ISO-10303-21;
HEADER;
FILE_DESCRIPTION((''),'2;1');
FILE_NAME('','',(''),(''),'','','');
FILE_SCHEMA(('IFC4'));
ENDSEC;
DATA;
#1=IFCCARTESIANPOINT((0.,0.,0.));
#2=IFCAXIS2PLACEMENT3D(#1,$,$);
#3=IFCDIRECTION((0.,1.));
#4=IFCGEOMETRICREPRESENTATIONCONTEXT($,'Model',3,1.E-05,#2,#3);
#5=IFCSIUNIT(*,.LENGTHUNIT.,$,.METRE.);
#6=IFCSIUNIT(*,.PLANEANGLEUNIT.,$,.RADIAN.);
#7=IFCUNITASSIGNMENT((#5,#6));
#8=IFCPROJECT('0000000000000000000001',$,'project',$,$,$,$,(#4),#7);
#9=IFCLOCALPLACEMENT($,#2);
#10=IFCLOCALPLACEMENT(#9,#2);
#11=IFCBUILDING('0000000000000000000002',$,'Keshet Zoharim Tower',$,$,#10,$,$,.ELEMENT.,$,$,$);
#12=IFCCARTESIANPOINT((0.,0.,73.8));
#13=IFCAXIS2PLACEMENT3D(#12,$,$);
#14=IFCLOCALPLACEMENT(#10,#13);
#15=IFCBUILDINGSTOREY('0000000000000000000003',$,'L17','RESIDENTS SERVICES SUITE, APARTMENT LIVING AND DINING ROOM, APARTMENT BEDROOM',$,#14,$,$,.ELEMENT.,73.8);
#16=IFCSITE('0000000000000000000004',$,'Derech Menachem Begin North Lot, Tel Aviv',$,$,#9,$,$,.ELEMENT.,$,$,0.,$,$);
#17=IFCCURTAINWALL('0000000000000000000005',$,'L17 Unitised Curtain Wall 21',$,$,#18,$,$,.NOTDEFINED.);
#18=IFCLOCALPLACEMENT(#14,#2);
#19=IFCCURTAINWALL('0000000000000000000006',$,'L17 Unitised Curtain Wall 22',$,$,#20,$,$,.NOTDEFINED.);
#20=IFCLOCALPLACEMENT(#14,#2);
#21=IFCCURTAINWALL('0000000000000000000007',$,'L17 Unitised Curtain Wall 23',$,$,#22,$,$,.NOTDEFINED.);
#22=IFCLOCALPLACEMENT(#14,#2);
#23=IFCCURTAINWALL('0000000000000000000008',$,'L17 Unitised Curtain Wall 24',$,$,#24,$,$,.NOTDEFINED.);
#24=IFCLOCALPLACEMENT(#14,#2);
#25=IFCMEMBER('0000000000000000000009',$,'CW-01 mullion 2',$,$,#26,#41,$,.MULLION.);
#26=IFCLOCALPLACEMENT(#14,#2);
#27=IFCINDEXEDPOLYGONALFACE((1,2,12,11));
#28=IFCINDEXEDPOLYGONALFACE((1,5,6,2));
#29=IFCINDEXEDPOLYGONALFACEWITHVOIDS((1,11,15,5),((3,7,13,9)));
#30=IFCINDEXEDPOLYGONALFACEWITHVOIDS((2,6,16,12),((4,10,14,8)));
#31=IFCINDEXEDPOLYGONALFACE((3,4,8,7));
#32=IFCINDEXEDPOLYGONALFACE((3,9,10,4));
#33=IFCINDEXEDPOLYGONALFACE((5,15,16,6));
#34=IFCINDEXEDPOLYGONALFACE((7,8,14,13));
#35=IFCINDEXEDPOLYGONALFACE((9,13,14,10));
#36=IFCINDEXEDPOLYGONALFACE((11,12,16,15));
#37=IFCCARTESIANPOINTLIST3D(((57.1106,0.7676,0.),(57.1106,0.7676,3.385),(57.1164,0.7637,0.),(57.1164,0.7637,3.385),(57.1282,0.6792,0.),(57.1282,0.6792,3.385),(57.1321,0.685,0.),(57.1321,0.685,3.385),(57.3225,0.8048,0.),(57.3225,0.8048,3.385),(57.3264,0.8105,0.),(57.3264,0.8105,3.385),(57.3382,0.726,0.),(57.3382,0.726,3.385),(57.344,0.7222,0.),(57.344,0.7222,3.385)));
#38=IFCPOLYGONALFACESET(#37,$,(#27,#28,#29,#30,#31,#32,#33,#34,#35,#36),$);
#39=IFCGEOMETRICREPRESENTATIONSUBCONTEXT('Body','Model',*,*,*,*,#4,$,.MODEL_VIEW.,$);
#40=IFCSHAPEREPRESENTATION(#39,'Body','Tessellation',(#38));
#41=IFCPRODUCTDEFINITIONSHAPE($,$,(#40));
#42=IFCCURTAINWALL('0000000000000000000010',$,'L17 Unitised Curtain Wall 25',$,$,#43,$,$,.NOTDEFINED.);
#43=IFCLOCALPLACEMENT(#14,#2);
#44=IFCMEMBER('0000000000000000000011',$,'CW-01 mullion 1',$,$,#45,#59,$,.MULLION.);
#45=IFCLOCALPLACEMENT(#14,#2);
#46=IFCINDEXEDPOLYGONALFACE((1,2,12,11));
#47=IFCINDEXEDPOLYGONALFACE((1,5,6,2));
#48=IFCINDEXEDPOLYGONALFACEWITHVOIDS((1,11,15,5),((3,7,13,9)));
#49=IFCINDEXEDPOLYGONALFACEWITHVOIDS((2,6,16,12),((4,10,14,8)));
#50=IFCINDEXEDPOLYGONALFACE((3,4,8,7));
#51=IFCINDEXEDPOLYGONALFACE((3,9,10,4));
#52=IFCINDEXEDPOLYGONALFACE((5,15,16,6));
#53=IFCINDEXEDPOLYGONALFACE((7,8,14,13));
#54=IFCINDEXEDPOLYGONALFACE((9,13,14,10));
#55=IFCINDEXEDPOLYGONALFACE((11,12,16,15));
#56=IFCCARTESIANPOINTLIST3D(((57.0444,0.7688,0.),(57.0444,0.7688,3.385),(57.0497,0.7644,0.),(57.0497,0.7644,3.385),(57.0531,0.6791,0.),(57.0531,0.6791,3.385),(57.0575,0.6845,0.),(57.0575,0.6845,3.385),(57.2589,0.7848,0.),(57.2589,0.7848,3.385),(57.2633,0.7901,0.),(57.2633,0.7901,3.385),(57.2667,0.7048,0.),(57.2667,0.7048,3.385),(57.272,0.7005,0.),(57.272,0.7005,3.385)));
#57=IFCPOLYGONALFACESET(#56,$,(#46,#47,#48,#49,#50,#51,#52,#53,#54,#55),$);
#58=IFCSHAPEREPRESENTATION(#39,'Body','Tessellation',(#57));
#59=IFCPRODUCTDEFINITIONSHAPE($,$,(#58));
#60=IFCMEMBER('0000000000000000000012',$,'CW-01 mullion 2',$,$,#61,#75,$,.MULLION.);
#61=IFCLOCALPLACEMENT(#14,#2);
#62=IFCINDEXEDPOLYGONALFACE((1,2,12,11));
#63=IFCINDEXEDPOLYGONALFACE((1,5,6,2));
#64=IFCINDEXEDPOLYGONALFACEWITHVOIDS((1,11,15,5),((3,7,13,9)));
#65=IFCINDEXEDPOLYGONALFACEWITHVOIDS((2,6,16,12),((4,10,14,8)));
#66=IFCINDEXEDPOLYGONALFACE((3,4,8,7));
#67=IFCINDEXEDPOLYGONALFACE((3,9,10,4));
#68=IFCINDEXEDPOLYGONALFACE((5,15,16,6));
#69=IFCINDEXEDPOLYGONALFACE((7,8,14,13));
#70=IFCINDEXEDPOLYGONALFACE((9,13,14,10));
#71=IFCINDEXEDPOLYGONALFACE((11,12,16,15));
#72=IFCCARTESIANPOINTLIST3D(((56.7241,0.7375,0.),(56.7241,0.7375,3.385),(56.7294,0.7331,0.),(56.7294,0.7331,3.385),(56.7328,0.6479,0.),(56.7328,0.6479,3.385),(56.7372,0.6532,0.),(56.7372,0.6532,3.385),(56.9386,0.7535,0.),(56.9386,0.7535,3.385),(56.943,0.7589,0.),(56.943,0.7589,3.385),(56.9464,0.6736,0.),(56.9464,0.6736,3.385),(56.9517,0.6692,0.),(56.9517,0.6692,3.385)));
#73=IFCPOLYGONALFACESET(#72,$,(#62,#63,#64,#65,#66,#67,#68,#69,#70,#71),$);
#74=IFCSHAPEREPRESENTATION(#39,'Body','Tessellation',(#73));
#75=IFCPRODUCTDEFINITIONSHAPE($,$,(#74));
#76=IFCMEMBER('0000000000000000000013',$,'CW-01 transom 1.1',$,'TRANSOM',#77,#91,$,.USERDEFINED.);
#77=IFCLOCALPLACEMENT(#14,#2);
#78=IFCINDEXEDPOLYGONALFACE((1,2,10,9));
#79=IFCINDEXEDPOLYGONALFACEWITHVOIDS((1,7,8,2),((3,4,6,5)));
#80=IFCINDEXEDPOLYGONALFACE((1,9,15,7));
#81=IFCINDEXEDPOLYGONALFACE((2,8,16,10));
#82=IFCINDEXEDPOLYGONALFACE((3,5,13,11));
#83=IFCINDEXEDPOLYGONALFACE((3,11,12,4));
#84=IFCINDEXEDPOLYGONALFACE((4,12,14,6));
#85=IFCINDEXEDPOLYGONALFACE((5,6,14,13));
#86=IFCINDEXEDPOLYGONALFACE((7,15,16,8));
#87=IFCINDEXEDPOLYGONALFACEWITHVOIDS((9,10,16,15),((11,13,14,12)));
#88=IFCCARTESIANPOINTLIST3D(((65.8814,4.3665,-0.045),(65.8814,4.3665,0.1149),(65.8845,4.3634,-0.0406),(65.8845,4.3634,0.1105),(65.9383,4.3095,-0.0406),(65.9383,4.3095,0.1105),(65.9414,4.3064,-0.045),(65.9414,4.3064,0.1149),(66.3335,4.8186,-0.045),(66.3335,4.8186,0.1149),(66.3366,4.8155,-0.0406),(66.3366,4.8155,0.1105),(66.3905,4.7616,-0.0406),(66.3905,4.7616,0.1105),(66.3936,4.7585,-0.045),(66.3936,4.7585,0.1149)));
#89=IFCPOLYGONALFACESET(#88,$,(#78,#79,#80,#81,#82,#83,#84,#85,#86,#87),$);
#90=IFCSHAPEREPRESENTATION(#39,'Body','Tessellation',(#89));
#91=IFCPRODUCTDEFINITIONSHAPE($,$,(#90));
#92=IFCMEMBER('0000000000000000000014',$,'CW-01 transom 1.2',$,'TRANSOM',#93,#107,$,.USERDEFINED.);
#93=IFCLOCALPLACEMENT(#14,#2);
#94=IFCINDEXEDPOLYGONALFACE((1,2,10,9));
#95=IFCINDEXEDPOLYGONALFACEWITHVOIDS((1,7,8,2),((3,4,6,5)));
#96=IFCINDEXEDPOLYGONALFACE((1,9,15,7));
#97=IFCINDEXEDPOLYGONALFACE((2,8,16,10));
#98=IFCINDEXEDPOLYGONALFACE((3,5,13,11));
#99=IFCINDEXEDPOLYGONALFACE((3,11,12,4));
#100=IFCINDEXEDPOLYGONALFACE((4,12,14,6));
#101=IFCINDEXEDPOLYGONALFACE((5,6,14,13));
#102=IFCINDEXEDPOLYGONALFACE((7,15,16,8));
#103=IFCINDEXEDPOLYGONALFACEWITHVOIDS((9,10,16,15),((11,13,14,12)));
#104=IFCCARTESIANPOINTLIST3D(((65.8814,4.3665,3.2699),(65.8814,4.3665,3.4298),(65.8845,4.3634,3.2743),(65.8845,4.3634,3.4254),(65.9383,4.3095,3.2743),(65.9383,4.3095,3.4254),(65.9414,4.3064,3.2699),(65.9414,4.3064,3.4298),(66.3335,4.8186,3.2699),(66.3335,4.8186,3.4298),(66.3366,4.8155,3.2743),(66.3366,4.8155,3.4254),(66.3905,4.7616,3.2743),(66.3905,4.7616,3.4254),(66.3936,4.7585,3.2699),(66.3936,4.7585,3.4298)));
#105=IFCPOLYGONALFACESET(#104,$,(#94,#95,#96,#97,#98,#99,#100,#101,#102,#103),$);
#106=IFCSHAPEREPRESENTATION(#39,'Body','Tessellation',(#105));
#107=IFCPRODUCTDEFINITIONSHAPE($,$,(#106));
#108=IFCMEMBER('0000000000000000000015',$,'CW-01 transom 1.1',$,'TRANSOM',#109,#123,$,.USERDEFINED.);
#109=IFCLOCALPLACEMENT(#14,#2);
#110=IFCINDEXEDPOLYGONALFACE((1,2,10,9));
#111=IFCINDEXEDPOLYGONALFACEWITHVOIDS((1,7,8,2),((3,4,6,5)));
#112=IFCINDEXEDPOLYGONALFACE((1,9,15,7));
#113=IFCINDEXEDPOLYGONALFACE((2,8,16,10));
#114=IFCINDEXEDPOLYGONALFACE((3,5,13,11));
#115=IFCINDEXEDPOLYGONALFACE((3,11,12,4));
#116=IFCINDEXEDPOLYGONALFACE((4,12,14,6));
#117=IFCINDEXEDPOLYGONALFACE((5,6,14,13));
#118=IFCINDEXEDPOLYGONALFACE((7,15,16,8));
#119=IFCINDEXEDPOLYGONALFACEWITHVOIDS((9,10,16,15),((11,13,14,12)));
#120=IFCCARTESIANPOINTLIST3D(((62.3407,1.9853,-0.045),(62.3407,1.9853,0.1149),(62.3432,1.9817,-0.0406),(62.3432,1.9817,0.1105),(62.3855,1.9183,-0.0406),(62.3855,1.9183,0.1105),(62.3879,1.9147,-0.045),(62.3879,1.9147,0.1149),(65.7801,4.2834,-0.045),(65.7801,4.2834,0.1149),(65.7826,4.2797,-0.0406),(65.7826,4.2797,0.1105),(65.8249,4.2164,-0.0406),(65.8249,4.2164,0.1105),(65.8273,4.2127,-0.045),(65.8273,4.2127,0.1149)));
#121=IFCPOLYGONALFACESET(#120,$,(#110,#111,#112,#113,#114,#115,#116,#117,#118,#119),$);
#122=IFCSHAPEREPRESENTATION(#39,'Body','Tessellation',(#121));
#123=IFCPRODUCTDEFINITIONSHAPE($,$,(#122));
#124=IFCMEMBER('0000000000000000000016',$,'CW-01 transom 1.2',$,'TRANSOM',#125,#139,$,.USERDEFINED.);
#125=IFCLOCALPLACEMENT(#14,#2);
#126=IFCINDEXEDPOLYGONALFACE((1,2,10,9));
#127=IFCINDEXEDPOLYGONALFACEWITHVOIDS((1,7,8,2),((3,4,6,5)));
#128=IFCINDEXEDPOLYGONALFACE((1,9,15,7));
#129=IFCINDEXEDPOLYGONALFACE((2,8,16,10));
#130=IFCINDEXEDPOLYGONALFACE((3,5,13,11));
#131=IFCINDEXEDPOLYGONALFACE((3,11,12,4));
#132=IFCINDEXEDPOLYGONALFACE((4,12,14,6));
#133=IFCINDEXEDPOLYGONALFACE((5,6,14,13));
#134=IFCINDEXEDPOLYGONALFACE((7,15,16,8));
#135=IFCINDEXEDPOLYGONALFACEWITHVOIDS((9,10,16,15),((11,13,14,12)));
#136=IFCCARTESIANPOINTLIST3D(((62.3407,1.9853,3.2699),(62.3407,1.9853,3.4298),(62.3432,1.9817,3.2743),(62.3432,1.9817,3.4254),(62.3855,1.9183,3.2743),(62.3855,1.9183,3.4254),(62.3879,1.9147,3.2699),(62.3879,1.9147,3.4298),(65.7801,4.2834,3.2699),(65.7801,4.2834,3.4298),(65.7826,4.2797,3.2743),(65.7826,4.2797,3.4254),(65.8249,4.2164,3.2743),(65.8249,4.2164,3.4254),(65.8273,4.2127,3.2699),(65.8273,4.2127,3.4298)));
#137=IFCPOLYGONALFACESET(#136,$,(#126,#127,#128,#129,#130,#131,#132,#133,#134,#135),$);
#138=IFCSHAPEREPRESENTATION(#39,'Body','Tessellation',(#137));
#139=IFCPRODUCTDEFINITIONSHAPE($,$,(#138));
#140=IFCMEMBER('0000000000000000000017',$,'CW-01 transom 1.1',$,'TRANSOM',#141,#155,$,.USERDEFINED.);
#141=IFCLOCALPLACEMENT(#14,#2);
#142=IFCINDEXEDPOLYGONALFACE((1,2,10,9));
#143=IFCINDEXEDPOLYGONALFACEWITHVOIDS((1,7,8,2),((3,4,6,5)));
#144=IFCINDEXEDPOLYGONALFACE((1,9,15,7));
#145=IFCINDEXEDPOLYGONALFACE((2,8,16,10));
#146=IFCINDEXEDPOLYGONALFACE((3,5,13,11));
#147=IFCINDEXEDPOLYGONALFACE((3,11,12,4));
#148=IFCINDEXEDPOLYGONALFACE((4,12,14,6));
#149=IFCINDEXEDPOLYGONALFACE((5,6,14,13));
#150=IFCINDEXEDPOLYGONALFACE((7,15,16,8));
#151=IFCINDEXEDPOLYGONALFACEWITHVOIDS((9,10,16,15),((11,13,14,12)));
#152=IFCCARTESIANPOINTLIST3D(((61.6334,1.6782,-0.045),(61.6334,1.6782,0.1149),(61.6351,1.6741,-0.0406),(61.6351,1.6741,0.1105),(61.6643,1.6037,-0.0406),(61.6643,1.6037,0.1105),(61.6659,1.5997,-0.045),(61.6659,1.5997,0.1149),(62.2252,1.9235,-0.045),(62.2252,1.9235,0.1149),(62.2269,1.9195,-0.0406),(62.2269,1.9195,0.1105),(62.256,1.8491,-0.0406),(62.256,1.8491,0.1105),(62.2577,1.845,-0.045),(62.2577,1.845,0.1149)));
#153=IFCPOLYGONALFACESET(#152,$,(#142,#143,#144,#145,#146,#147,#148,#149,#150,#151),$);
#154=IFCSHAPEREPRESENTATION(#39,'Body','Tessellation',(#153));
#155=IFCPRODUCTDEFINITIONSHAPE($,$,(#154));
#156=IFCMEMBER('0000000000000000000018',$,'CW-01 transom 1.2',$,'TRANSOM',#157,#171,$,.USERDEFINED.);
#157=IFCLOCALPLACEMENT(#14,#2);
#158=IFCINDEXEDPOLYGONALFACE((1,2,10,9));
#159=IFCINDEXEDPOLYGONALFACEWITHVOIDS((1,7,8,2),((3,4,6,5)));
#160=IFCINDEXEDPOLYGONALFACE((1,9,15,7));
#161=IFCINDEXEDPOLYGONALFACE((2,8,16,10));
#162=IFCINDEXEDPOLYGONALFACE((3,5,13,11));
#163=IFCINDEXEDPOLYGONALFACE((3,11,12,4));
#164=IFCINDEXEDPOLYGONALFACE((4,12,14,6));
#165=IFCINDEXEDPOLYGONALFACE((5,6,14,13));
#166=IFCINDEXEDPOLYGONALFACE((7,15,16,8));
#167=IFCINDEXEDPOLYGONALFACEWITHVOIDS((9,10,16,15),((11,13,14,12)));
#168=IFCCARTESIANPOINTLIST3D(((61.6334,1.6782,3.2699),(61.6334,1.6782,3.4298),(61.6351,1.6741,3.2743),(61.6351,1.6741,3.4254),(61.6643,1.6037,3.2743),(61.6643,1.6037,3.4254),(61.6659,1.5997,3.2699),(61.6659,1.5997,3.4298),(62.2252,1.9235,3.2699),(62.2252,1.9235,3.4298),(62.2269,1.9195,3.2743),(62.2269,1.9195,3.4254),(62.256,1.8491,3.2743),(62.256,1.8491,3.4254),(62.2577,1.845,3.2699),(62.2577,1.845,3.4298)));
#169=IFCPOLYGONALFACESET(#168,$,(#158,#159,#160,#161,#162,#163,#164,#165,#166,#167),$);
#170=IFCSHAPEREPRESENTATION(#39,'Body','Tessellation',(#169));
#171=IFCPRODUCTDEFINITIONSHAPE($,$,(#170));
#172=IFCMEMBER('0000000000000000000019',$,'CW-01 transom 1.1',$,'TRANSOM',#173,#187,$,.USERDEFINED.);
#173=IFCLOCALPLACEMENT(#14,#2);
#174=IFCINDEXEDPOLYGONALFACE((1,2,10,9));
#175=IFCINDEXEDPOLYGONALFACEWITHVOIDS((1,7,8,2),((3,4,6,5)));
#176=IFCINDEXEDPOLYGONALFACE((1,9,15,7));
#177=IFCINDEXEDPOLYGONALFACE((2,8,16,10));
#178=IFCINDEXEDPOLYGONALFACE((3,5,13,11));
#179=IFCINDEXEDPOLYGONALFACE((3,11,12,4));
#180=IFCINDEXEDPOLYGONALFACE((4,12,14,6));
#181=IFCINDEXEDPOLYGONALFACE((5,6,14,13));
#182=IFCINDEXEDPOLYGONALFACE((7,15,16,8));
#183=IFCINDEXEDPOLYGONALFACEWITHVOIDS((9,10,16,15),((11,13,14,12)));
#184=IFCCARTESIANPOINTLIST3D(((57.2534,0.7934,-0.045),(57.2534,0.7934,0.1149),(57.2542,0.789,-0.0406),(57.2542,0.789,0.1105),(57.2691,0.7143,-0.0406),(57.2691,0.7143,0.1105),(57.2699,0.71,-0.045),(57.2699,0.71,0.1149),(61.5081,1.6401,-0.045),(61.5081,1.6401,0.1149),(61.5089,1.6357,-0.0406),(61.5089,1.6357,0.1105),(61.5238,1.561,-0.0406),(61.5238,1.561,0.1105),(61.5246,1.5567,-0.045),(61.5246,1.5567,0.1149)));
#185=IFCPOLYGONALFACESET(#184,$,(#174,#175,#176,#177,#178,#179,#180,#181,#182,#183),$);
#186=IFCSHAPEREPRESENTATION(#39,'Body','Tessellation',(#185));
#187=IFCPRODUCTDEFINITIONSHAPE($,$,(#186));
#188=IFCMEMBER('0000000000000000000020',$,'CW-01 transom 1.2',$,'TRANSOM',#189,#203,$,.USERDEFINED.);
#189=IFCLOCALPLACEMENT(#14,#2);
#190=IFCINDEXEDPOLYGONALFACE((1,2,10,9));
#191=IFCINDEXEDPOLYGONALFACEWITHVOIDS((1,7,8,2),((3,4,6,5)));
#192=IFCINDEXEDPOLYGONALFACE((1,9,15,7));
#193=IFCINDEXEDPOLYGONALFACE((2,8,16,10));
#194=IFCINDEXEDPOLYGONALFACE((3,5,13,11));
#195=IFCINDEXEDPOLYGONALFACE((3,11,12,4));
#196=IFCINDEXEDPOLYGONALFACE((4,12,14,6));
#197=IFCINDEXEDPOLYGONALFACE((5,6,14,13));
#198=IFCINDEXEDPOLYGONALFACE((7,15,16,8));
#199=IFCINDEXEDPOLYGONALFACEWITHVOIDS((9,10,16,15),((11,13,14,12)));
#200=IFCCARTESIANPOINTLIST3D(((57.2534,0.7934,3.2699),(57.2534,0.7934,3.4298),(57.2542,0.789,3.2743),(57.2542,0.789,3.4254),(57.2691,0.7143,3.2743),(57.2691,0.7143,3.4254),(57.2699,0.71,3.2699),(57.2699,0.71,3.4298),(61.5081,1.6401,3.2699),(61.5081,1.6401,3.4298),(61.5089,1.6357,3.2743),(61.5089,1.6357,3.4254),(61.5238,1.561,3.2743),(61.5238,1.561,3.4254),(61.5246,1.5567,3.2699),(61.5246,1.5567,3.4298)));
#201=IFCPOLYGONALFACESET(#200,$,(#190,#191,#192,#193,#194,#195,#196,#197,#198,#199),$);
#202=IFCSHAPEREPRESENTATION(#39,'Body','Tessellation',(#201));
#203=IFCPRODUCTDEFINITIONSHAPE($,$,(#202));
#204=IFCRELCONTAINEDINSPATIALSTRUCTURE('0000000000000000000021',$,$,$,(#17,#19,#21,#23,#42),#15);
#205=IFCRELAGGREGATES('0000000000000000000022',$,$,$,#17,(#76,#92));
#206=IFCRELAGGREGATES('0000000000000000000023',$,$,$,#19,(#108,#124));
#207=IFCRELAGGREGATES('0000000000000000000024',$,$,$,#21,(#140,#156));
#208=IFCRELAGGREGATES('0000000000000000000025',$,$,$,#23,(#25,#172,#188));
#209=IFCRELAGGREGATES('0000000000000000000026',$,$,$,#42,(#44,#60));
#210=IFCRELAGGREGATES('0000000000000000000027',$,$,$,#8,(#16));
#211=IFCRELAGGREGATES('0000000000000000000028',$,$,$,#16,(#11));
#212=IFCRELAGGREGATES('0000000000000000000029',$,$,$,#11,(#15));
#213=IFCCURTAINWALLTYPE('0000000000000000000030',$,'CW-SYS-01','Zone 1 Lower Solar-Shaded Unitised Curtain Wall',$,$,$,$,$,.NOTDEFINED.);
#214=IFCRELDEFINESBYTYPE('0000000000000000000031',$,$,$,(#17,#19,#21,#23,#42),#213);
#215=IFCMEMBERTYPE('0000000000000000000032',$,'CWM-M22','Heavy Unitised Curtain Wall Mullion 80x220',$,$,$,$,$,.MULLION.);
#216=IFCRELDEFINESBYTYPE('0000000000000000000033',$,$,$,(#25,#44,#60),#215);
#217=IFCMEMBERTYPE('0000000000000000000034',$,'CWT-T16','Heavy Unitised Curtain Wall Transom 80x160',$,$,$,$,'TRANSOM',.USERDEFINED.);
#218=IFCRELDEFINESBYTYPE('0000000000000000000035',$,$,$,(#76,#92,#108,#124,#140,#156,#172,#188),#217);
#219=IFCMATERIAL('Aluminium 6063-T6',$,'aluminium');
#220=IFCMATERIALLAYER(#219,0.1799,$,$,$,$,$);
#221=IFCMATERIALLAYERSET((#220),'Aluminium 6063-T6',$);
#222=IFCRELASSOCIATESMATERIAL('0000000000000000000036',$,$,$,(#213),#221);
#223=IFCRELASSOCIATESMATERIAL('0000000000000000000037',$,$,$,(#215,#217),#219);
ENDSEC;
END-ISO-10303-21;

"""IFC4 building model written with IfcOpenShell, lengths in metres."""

from ifc_helpers import new_model, si_unit, direction, frame, origin, origin_2d, place, context, subcontext, project, spatial, hollow_rectangle, extrude, material, layer, layer_set, material_profile, profile_set, type_object, element, aggregate, save


model = new_model("IFC4")

# Units and contexts
model_context = context("Model", 3, precision=1e-05, world=origin(), true_north=direction((0.0, 1.0)))
body_context = subcontext(model_context, "Body", "Model", "MODEL_VIEW")
ifc_project = project(units=[si_unit("LENGTHUNIT", "METRE"), si_unit("PLANEANGLEUNIT", "RADIAN")], contexts=[model_context])

# Site, building, storey
site_placement = place(None, origin())
site = spatial("IfcSite", under=ifc_project, at=site_placement, Name="Derech Menachem Begin North Lot, Tel Aviv", CompositionType="ELEMENT", RefElevation=0.0)
building_placement = place(site_placement, origin())
building = spatial("IfcBuilding", under=site, at=building_placement, Name="Keshet Zoharim Tower", CompositionType="ELEMENT")
storey_placement = place(building_placement, frame((0.0, 0.0, 73.8)))
storey = spatial("IfcBuildingStorey", under=building, at=storey_placement, Name="L17", Description="RESIDENTS SERVICES SUITE, APARTMENT LIVING AND DINING ROOM, APARTMENT BEDROOM", CompositionType="ELEMENT", Elevation=73.8)

# Shared definitions
ifc_material_1 = material(Name="Aluminium 6063-T6", Category="aluminium")
ifc_layer_1 = layer(ifc_material_1, 0.1799)
ifc_layer_set_1 = layer_set([ifc_layer_1], Name="Aluminium 6063-T6")
curtain_wall_type = type_object("IfcCurtainWallType", Name="CW-SYS-01", Description="Zone 1 Lower Solar-Shaded Unitised Curtain Wall", PredefinedType="NOTDEFINED", material=ifc_layer_set_1)
ifc_material_profile_1 = material_profile(ifc_material_1, hollow_rectangle(XDim=0.0901, YDim=0.22, WallThickness=0.0049, at=origin_2d()), Name="MUL-90x220")
ifc_profile_set_1 = profile_set([ifc_material_profile_1], Name="Aluminium 6063-T6")
member_type_1 = type_object("IfcMemberType", Name="CWM-M22", Description="Heavy Unitised Curtain Wall Mullion 80x220", PredefinedType="MULLION", material=ifc_profile_set_1)

# Curtain walls, members
curtain_wall_1_placement = place(storey_placement, origin())
curtain_wall_1 = element("IfcCurtainWall", 1, at=curtain_wall_1_placement, inside=storey, type_object=curtain_wall_type, Name="L17 Unitised Curtain Wall 21", PredefinedType="NOTDEFINED")
curtain_wall_2_placement = place(storey_placement, origin())
curtain_wall_2 = element("IfcCurtainWall", 2, at=curtain_wall_2_placement, inside=storey, type_object=curtain_wall_type, Name="L17 Unitised Curtain Wall 22", PredefinedType="NOTDEFINED")
curtain_wall_3_placement = place(storey_placement, origin())
curtain_wall_3 = element("IfcCurtainWall", 3, at=curtain_wall_3_placement, inside=storey, type_object=curtain_wall_type, Name="L17 Unitised Curtain Wall 23", PredefinedType="NOTDEFINED")
curtain_wall_4_placement = place(storey_placement, origin())
curtain_wall_4 = element("IfcCurtainWall", 4, at=curtain_wall_4_placement, inside=storey, type_object=curtain_wall_type, Name="L17 Unitised Curtain Wall 24", PredefinedType="NOTDEFINED")
member_1_placement = place(storey_placement, frame((57.2273, 0.7449, 0.0), z_axis=(0.0, 0.0, 1.0), x_axis=(0.195171, -0.980769, 0.0)))
member_1 = element("IfcMember", 5, at=member_1_placement, type_object=member_type_1, Name="CW-01 mullion 2", PredefinedType="MULLION", context=body_context, shape_type="SweptSolid", body=[
    extrude(hollow_rectangle(XDim=0.0901, YDim=0.22, WallThickness=0.0049, at=origin_2d()), origin(), (0.0, 0.0, 1.0), 3.385),
])
curtain_wall_5_placement = place(storey_placement, origin())
curtain_wall_5 = element("IfcCurtainWall", 6, at=curtain_wall_5_placement, inside=storey, type_object=curtain_wall_type, Name="L17 Unitised Curtain Wall 25", PredefinedType="NOTDEFINED")
member_2_placement = place(storey_placement, frame((57.1582, 0.7346, 0.0), z_axis=(0.0, 0.0, 1.0), x_axis=(0.096977, -0.995287, 0.0)))
member_2 = element("IfcMember", 7, at=member_2_placement, type_object=member_type_1, Name="CW-01 mullion 1", PredefinedType="MULLION", context=body_context, shape_type="SweptSolid", body=[
    extrude(hollow_rectangle(XDim=0.0901, YDim=0.22, WallThickness=0.0049, at=origin_2d()), origin(), (0.0, 0.0, 1.0), 3.385),
])
member_3_placement = place(storey_placement, frame((56.8379, 0.7034, 0.0), z_axis=(0.0, 0.0, 1.0), x_axis=(0.096977, -0.995287, 0.0)))
member_3 = element("IfcMember", 8, at=member_3_placement, type_object=member_type_1, Name="CW-01 mullion 2", PredefinedType="MULLION", context=body_context, shape_type="SweptSolid", body=[
    extrude(hollow_rectangle(XDim=0.0901, YDim=0.22, WallThickness=0.0049, at=origin_2d()), origin(), (0.0, 0.0, 1.0), 3.385),
])

# Members
ifc_material_profile_2 = material_profile(ifc_material_1, hollow_rectangle(XDim=0.085, YDim=0.1599, WallThickness=0.0044, at=origin_2d()), Name="TRN-85x160")
ifc_profile_set_2 = profile_set([ifc_material_profile_2], Name="Aluminium 6063-T6")
member_type_2 = type_object("IfcMemberType", Name="CWT-T16", Description="Heavy Unitised Curtain Wall Transom 80x160", ElementType="TRANSOM", PredefinedType="USERDEFINED", material=ifc_profile_set_2)
member_4_placement = place(storey_placement, frame((66.3635, 4.7886, 0.0349), z_axis=(-0.707107, -0.707107, 0.0), x_axis=(0.707107, -0.707107, 0.0)))
member_4 = element("IfcMember", 9, at=member_4_placement, type_object=member_type_2, Name="CW-01 transom 1.1", ObjectType="TRANSOM", PredefinedType="USERDEFINED", context=body_context, shape_type="SweptSolid", body=[
    extrude(hollow_rectangle(XDim=0.085, YDim=0.1599, WallThickness=0.0044, at=origin_2d()), origin(), (0.0, 0.0, 1.0), 0.6394),
])
member_5_placement = place(storey_placement, frame((66.3635, 4.7886, 3.3499), z_axis=(-0.707107, -0.707107, 0.0), x_axis=(0.707107, -0.707107, 0.0)))
member_5 = element("IfcMember", 10, at=member_5_placement, type_object=member_type_2, Name="CW-01 transom 1.2", ObjectType="TRANSOM", PredefinedType="USERDEFINED", context=body_context, shape_type="SweptSolid", body=[
    extrude(hollow_rectangle(XDim=0.085, YDim=0.1599, WallThickness=0.0044, at=origin_2d()), origin(), (0.0, 0.0, 1.0), 0.6394),
])
member_6_placement = place(storey_placement, frame((65.8037, 4.248, 0.0349), z_axis=(-0.831478, -0.555558, 0.0), x_axis=(0.555558, -0.831478, 0.0)))
member_6 = element("IfcMember", 11, at=member_6_placement, type_object=member_type_2, Name="CW-01 transom 1.1", ObjectType="TRANSOM", PredefinedType="USERDEFINED", context=body_context, shape_type="SweptSolid", body=[
    extrude(hollow_rectangle(XDim=0.085, YDim=0.1599, WallThickness=0.0044, at=origin_2d()), origin(), (0.0, 0.0, 1.0), 4.1365),
])
member_7_placement = place(storey_placement, frame((65.8037, 4.248, 3.3499), z_axis=(-0.831478, -0.555558, 0.0), x_axis=(0.555558, -0.831478, 0.0)))
member_7 = element("IfcMember", 12, at=member_7_placement, type_object=member_type_2, Name="CW-01 transom 1.2", ObjectType="TRANSOM", PredefinedType="USERDEFINED", context=body_context, shape_type="SweptSolid", body=[
    extrude(hollow_rectangle(XDim=0.085, YDim=0.1599, WallThickness=0.0044, at=origin_2d()), origin(), (0.0, 0.0, 1.0), 4.1365),
])
member_8_placement = place(storey_placement, frame((62.2415, 1.8843, 0.0349), z_axis=(-0.923752, -0.382991, 0.0), x_axis=(0.382991, -0.923752, 0.0)))
member_8 = element("IfcMember", 13, at=member_8_placement, type_object=member_type_2, Name="CW-01 transom 1.1", ObjectType="TRANSOM", PredefinedType="USERDEFINED", context=body_context, shape_type="SweptSolid", body=[
    extrude(hollow_rectangle(XDim=0.085, YDim=0.1599, WallThickness=0.0044, at=origin_2d()), origin(), (0.0, 0.0, 1.0), 0.6406),
])
member_9_placement = place(storey_placement, frame((62.2415, 1.8843, 3.3499), z_axis=(-0.923752, -0.382991, 0.0), x_axis=(0.382991, -0.923752, 0.0)))
member_9 = element("IfcMember", 14, at=member_9_placement, type_object=member_type_2, Name="CW-01 transom 1.2", ObjectType="TRANSOM", PredefinedType="USERDEFINED", context=body_context, shape_type="SweptSolid", body=[
    extrude(hollow_rectangle(XDim=0.085, YDim=0.1599, WallThickness=0.0044, at=origin_2d()), origin(), (0.0, 0.0, 1.0), 0.6406),
])
member_10_placement = place(storey_placement, frame((61.5164, 1.5984, 0.0349), z_axis=(-0.980769, -0.195174, 0.0), x_axis=(0.195174, -0.980769, 0.0)))
member_10 = element("IfcMember", 15, at=member_10_placement, type_object=member_type_2, Name="CW-01 transom 1.1", ObjectType="TRANSOM", PredefinedType="USERDEFINED", context=body_context, shape_type="SweptSolid", body=[
    extrude(hollow_rectangle(XDim=0.085, YDim=0.1599, WallThickness=0.0044, at=origin_2d()), origin(), (0.0, 0.0, 1.0), 4.3381),
])
member_11_placement = place(storey_placement, frame((61.5164, 1.5984, 3.3499), z_axis=(-0.980769, -0.195174, 0.0), x_axis=(0.195174, -0.980769, 0.0)))
member_11 = element("IfcMember", 16, at=member_11_placement, type_object=member_type_2, Name="CW-01 transom 1.2", ObjectType="TRANSOM", PredefinedType="USERDEFINED", context=body_context, shape_type="SweptSolid", body=[
    extrude(hollow_rectangle(XDim=0.085, YDim=0.1599, WallThickness=0.0044, at=origin_2d()), origin(), (0.0, 0.0, 1.0), 4.3381),
])

aggregate(curtain_wall_1, [member_4, member_5])
aggregate(curtain_wall_2, [member_6, member_7])
aggregate(curtain_wall_3, [member_8, member_9])
aggregate(curtain_wall_4, [member_1, member_10, member_11])
aggregate(curtain_wall_5, [member_2, member_3])

save(model, "model.ifc")
